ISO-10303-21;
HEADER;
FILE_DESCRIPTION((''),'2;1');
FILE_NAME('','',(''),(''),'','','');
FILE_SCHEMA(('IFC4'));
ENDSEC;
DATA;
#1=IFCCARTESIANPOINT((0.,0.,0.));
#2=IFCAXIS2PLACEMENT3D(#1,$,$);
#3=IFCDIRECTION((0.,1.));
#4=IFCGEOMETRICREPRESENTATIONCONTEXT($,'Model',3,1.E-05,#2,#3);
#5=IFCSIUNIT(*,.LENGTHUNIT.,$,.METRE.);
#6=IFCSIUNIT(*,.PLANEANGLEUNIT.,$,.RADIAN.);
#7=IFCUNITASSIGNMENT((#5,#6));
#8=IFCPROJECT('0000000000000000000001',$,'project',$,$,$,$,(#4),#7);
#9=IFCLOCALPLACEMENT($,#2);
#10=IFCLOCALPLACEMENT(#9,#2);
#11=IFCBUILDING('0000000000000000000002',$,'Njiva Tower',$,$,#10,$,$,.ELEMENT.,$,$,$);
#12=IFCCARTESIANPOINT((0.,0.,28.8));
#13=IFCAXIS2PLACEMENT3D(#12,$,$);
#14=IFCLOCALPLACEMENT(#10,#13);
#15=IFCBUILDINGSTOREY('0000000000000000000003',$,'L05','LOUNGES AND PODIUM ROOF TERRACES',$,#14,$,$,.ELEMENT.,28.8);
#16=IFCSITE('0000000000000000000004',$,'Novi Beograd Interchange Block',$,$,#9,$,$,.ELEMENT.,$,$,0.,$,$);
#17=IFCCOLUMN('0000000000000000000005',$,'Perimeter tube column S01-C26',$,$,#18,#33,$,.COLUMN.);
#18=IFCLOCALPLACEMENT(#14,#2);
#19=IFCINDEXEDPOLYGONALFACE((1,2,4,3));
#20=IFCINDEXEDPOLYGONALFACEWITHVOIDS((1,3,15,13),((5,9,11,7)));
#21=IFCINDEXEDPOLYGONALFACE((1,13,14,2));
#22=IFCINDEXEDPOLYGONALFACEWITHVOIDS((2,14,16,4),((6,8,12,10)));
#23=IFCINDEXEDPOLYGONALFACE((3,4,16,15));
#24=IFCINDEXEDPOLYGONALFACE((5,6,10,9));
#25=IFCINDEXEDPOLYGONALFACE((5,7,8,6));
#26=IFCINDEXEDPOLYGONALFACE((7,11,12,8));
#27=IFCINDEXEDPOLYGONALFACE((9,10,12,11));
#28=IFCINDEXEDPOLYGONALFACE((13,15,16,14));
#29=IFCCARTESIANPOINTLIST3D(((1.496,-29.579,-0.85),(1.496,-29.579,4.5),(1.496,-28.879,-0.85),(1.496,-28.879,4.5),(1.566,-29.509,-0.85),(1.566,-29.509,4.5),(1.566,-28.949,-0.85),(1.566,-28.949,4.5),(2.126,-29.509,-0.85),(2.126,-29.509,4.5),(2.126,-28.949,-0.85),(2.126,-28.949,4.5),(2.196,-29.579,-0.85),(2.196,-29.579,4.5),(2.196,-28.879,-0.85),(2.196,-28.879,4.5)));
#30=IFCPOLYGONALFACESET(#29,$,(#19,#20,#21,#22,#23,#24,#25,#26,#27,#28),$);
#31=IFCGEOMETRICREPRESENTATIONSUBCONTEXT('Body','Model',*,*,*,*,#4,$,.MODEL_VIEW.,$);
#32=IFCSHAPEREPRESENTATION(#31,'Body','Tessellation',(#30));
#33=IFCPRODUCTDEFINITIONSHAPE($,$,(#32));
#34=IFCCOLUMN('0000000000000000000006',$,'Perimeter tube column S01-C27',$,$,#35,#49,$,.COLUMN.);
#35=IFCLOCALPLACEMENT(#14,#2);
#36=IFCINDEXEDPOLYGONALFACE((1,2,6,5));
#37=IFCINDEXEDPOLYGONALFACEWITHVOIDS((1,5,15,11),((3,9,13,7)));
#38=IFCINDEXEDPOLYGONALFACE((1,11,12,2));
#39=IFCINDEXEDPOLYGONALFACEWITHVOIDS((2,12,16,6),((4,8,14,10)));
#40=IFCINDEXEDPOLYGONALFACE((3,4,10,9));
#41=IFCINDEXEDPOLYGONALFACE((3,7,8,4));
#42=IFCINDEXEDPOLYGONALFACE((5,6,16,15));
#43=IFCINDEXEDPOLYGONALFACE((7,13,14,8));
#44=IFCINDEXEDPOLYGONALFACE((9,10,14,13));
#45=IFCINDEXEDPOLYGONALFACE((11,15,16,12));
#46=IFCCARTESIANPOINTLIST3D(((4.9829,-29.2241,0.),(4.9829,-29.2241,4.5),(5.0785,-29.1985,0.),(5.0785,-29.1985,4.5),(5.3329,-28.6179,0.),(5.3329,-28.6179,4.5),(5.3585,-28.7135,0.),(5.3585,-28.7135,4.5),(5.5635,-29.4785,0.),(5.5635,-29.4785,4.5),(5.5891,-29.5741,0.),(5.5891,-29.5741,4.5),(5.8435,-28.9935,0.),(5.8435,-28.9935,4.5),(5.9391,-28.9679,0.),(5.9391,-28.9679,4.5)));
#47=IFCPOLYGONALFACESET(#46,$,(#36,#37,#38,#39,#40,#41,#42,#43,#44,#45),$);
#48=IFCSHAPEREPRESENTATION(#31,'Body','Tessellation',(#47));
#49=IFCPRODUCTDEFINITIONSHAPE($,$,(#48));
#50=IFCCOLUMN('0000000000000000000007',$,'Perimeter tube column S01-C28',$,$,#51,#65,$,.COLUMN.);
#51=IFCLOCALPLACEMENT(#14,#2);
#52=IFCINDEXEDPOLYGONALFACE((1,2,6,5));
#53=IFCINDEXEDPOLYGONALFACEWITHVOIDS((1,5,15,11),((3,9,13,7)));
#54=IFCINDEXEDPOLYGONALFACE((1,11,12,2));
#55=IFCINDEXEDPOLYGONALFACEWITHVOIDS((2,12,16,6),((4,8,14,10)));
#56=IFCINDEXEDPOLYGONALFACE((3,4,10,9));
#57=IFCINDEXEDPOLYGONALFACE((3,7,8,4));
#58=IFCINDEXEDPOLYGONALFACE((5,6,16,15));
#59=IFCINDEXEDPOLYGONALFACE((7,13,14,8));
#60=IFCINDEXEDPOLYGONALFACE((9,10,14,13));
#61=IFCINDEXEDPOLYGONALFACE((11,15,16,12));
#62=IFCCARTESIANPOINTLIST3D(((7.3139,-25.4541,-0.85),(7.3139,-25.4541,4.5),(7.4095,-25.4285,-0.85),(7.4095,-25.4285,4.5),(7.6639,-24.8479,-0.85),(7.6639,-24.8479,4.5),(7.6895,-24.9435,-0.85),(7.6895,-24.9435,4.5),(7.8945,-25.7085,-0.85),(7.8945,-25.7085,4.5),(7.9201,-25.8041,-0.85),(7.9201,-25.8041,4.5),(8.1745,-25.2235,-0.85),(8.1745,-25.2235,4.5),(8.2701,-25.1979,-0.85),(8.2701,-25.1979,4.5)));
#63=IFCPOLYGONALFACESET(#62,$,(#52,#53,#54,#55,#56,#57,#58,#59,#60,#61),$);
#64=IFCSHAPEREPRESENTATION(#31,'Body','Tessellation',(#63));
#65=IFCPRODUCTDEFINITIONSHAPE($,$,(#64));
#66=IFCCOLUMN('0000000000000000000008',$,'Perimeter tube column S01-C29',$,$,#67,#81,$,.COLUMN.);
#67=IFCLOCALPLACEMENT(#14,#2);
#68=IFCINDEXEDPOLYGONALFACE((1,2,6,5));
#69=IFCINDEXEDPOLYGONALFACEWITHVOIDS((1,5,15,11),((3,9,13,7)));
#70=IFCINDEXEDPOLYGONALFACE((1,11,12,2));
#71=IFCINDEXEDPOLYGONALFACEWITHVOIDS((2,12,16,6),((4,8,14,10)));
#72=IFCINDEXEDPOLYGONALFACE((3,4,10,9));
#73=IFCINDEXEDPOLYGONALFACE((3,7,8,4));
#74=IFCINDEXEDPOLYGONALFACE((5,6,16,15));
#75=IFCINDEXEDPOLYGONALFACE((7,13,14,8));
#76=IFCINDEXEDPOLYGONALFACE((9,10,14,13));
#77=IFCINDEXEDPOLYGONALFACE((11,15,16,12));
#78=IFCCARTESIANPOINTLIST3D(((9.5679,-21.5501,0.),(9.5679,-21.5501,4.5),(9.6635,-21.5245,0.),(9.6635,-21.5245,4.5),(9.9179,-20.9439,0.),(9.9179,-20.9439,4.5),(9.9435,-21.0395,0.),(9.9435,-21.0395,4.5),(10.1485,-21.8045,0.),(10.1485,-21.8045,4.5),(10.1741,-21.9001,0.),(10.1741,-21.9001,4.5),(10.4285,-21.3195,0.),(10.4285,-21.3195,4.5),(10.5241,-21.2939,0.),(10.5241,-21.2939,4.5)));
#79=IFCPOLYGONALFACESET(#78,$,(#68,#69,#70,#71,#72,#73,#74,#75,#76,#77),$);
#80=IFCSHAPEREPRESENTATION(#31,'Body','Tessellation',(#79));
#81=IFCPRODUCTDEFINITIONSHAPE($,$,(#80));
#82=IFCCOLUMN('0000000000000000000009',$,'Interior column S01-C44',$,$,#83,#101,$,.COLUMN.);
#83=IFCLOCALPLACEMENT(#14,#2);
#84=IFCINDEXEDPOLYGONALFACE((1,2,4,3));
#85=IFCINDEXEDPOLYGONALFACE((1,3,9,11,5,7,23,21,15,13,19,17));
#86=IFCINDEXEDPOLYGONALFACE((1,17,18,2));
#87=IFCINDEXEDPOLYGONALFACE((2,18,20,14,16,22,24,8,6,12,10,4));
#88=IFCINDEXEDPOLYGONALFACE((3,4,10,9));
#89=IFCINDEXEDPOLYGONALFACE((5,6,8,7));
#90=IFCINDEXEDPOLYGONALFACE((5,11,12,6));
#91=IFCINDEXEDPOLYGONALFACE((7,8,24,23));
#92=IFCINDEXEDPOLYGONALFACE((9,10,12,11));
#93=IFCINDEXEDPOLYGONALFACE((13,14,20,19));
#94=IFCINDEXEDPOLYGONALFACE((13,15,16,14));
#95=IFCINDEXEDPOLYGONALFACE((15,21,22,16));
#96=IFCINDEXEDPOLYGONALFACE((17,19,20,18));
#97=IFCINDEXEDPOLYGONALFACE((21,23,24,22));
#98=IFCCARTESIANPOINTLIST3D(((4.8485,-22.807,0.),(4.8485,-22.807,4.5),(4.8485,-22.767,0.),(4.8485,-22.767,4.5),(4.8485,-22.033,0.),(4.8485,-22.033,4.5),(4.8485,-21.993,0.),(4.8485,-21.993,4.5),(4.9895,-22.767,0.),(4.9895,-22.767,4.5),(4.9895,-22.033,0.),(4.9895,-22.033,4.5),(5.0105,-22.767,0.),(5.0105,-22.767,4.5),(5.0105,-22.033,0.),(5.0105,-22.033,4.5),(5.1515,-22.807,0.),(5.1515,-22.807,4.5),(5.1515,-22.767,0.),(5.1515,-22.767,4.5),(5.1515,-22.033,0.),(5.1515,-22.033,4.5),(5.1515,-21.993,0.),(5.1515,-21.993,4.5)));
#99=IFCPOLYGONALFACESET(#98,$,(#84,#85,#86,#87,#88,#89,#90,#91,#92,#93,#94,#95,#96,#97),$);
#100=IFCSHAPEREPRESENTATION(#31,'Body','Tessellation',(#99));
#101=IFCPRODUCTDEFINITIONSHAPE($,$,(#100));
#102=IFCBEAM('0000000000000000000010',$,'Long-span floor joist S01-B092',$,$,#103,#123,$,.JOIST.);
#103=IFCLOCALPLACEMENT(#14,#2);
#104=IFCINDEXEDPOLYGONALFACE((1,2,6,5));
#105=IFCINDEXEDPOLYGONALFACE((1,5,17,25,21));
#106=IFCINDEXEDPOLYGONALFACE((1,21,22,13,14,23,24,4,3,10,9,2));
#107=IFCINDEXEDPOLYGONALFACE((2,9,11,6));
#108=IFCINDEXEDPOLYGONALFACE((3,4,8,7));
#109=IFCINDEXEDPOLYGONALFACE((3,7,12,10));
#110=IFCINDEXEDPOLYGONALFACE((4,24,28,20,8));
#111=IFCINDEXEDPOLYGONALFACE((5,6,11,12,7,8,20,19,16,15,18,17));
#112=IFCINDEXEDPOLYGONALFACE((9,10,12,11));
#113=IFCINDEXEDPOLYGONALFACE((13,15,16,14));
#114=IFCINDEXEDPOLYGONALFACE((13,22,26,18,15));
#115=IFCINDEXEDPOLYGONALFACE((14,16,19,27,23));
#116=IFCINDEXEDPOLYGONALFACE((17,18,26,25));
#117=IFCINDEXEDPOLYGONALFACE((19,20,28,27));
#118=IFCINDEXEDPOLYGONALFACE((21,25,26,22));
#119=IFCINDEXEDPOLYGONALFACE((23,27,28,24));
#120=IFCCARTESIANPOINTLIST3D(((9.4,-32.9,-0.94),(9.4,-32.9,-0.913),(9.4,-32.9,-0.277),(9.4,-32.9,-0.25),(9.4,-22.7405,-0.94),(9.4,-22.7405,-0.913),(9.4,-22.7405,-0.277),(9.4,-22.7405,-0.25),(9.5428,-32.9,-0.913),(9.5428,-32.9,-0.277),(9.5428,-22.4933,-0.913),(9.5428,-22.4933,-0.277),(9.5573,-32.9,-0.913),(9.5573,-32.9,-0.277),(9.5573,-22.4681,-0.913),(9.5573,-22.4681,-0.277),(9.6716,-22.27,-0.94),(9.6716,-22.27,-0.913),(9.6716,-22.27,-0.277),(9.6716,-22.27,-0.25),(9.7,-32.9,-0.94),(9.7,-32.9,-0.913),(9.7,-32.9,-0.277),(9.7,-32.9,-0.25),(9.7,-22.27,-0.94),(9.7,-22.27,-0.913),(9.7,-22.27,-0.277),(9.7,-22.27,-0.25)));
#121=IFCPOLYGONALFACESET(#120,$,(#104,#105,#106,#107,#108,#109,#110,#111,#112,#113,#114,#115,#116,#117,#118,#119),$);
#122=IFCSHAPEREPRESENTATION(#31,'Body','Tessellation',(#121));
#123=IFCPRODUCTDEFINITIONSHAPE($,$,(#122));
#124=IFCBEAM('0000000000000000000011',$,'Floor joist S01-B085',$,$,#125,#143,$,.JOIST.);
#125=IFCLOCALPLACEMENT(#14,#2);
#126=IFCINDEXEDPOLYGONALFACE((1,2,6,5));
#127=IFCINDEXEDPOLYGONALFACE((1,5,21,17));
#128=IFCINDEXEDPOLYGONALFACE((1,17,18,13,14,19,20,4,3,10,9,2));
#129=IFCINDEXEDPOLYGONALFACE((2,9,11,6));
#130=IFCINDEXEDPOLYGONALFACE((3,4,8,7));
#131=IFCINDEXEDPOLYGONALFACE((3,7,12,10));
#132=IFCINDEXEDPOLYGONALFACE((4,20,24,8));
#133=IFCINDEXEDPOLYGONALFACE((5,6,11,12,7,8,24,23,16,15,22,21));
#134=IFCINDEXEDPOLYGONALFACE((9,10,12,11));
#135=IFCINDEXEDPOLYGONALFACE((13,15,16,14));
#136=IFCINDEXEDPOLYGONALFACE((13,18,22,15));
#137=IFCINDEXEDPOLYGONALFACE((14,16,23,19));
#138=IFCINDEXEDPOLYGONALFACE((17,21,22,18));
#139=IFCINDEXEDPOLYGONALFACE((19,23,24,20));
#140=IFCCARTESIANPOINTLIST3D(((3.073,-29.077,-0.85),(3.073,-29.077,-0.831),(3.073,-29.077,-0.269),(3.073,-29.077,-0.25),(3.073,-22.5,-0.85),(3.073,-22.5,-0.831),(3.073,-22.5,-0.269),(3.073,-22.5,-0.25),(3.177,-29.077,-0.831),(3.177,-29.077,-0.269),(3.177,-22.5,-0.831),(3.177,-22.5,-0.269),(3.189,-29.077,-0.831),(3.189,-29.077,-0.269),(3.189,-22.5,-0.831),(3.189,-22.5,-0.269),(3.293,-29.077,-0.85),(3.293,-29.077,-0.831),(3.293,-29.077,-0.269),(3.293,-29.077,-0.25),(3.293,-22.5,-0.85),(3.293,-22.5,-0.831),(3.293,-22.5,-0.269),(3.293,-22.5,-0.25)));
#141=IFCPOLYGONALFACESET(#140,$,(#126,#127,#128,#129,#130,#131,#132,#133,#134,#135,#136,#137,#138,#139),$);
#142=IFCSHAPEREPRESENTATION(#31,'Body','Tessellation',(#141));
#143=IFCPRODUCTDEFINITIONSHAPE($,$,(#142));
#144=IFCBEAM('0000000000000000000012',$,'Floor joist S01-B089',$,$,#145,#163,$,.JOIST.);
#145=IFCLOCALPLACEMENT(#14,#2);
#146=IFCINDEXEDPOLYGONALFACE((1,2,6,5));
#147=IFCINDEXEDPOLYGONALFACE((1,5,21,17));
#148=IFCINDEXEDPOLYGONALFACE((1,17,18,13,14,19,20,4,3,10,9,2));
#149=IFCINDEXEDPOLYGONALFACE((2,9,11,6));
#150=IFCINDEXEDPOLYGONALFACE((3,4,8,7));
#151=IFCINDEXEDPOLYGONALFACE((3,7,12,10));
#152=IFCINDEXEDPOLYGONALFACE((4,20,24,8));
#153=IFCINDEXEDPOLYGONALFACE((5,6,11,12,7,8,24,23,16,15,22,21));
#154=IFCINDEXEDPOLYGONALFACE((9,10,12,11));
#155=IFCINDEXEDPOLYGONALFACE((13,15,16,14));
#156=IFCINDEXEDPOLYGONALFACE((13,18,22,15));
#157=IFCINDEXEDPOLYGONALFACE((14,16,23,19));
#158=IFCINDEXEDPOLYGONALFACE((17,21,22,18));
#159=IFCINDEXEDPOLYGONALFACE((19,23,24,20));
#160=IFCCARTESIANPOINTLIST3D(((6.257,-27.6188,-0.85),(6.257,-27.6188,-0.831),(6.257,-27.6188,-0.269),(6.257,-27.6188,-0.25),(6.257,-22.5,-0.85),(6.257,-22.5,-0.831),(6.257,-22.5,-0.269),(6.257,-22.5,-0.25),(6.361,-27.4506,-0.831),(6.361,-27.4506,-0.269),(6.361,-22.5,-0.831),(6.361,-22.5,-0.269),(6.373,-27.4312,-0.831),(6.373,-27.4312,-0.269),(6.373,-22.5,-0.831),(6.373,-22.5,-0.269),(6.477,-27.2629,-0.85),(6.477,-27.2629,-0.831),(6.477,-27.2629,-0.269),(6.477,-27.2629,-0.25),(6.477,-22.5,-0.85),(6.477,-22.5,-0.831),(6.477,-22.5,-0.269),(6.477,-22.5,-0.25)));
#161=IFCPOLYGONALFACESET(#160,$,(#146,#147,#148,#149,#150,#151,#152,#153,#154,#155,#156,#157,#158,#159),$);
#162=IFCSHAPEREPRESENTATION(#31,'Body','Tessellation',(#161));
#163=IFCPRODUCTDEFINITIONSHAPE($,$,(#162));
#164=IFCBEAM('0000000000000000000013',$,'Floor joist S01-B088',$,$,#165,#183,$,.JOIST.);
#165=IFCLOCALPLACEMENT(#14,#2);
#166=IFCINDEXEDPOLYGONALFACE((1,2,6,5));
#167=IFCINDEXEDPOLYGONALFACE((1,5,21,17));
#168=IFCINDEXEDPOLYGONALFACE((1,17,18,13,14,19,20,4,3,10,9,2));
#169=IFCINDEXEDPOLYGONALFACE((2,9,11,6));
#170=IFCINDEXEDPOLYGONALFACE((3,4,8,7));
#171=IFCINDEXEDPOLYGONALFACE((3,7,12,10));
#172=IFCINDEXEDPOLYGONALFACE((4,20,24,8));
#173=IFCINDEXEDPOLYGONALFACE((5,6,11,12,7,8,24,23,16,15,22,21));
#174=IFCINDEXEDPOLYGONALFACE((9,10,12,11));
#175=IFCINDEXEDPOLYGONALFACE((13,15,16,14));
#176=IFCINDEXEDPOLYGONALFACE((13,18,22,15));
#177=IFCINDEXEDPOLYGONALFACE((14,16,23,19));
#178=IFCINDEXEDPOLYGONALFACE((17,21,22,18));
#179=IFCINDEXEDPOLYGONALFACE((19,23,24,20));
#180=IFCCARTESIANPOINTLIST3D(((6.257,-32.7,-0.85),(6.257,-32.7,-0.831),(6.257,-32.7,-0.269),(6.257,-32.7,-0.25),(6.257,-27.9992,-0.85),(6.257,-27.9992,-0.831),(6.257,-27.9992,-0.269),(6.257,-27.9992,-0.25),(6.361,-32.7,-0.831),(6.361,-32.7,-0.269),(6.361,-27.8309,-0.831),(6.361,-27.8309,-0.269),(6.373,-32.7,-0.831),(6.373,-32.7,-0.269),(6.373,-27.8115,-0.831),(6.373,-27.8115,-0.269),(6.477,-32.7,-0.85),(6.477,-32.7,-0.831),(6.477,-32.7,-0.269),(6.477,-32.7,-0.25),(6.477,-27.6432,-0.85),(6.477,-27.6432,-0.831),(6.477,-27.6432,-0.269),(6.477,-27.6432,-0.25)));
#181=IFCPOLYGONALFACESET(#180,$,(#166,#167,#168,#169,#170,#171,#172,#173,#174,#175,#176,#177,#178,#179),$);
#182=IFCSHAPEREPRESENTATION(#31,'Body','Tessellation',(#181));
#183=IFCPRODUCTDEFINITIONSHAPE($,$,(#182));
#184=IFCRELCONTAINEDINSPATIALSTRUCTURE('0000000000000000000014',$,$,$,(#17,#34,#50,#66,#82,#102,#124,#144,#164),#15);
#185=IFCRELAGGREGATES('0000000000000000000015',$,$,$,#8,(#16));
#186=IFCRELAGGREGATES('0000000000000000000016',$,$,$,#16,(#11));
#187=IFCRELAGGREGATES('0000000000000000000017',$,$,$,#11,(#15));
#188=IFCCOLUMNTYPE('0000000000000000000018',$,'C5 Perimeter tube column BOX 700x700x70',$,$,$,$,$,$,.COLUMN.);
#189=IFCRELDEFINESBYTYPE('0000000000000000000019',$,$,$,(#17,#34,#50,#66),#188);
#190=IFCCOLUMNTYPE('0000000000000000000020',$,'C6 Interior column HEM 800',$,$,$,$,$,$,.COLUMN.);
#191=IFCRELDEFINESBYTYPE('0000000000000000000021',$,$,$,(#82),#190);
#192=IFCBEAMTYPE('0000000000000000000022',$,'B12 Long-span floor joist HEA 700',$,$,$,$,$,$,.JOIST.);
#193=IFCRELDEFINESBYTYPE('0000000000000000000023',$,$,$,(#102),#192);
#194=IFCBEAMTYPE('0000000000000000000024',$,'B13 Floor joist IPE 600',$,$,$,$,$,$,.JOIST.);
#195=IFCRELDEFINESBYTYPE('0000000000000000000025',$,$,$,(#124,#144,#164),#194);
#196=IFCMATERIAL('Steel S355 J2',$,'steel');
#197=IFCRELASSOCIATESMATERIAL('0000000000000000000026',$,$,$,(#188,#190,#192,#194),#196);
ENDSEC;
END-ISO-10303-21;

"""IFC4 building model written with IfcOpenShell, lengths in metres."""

from ifc_helpers import new_model, si_unit, direction, frame, origin, origin_2d, place, context, subcontext, project, spatial, hollow_rectangle, i_section, extrude, clip, halfspace, material, material_profile, profile_set, type_object, element, save


model = new_model("IFC4")

# Units and contexts
model_context = context("Model", 3, precision=1e-05, world=origin(), true_north=direction((0.0, 1.0)))
body_context = subcontext(model_context, "Body", "Model", "MODEL_VIEW")
ifc_project = project(units=[si_unit("LENGTHUNIT", "METRE"), si_unit("PLANEANGLEUNIT", "RADIAN")], contexts=[model_context])

# Site, building, storey
site_placement = place(None, origin())
site = spatial("IfcSite", under=ifc_project, at=site_placement, Name="Novi Beograd Interchange Block", CompositionType="ELEMENT", RefElevation=0.0)
building_placement = place(site_placement, origin())
building = spatial("IfcBuilding", under=site, at=building_placement, Name="Njiva Tower", CompositionType="ELEMENT")
storey_placement = place(building_placement, frame((0.0, 0.0, 28.8)))
storey = spatial("IfcBuildingStorey", under=building, at=storey_placement, Name="L05", Description="LOUNGES AND PODIUM ROOF TERRACES", CompositionType="ELEMENT", Elevation=28.8)

# Columns
ifc_material_1 = material(Name="Steel S355 J2", Category="steel")
ifc_material_profile_1 = material_profile(ifc_material_1, hollow_rectangle(XDim=0.7, YDim=0.7, WallThickness=0.07, at=origin_2d()), Name="BOX 700x700x70")
ifc_profile_set_1 = profile_set([ifc_material_profile_1], Name="Steel S355 J2")
column_type_1 = type_object("IfcColumnType", Name="C5 Perimeter tube column BOX 700x700x70", PredefinedType="COLUMN", material=ifc_profile_set_1)
column_1_placement = place(storey_placement, frame((1.846, -29.229, -0.85), z_axis=(0.0, 0.0, 1.0), x_axis=(1.0, 0.0, 0.0)))
element("IfcColumn", 1, at=column_1_placement, inside=storey, type_object=column_type_1, Name="Perimeter tube column S01-C26", PredefinedType="COLUMN", context=body_context, shape_type="SweptSolid", body=[
    extrude(hollow_rectangle(XDim=0.7, YDim=0.7, WallThickness=0.07, at=origin_2d()), origin(), (0.0, 0.0, 1.0), 5.35),
])
column_2_placement = place(storey_placement, frame((5.461, -29.096, 0.0), z_axis=(0.0, 0.0, 1.0), x_axis=(0.5, 0.866025, 0.0)))
element("IfcColumn", 2, at=column_2_placement, inside=storey, type_object=column_type_1, Name="Perimeter tube column S01-C27", PredefinedType="COLUMN", context=body_context, shape_type="SweptSolid", body=[
    extrude(hollow_rectangle(XDim=0.7, YDim=0.7, WallThickness=0.07, at=origin_2d()), origin(), (0.0, 0.0, 1.0), 4.5),
])
column_3_placement = place(storey_placement, frame((7.792, -25.326, -0.85), z_axis=(0.0, 0.0, 1.0), x_axis=(0.5, 0.866025, 0.0)))
element("IfcColumn", 3, at=column_3_placement, inside=storey, type_object=column_type_1, Name="Perimeter tube column S01-C28", PredefinedType="COLUMN", context=body_context, shape_type="SweptSolid", body=[
    extrude(hollow_rectangle(XDim=0.7, YDim=0.7, WallThickness=0.07, at=origin_2d()), origin(), (0.0, 0.0, 1.0), 5.35),
])
column_4_placement = place(storey_placement, frame((10.046, -21.422, 0.0), z_axis=(0.0, 0.0, 1.0), x_axis=(0.5, 0.866025, 0.0)))
element("IfcColumn", 4, at=column_4_placement, inside=storey, type_object=column_type_1, Name="Perimeter tube column S01-C29", PredefinedType="COLUMN", context=body_context, shape_type="SweptSolid", body=[
    extrude(hollow_rectangle(XDim=0.7, YDim=0.7, WallThickness=0.07, at=origin_2d()), origin(), (0.0, 0.0, 1.0), 4.5),
])
ifc_material_profile_2 = material_profile(ifc_material_1, i_section(OverallWidth=0.303, OverallDepth=0.814, WebThickness=0.021, FlangeThickness=0.04, at=origin_2d()), Name="HEM 800")
ifc_profile_set_2 = profile_set([ifc_material_profile_2], Name="Steel S355 J2")
column_type_2 = type_object("IfcColumnType", Name="C6 Interior column HEM 800", PredefinedType="COLUMN", material=ifc_profile_set_2)
column_5_placement = place(storey_placement, frame((5.0, -22.4, 0.0), z_axis=(0.0, 0.0, 1.0), x_axis=(1.0, 0.0, 0.0)))
element("IfcColumn", 5, at=column_5_placement, inside=storey, type_object=column_type_2, Name="Interior column S01-C44", PredefinedType="COLUMN", context=body_context, shape_type="SweptSolid", body=[
    extrude(i_section(OverallWidth=0.303, OverallDepth=0.814, WebThickness=0.021, FlangeThickness=0.04, at=origin_2d()), origin(), (0.0, 0.0, 1.0), 4.5),
])

# Beams
ifc_material_profile_3 = material_profile(ifc_material_1, i_section(OverallWidth=0.3, OverallDepth=0.69, WebThickness=0.0145, FlangeThickness=0.027, at=origin_2d()), Name="HEA 700")
ifc_profile_set_3 = profile_set([ifc_material_profile_3], Name="Steel S355 J2")
beam_type_1 = type_object("IfcBeamType", Name="B12 Long-span floor joist HEA 700", PredefinedType="JOIST", material=ifc_profile_set_3)
beam_1_placement = place(storey_placement, frame((9.55, -22.27, -0.595), z_axis=(0.0, -1.0, 0.0), x_axis=(1.0, 0.0, 0.0)))
element("IfcBeam", 6, at=beam_1_placement, inside=storey, type_object=beam_type_1, Name="Long-span floor joist S01-B092", PredefinedType="JOIST", context=body_context, shape_type="Clipping", body=[
    clip(extrude(i_section(OverallWidth=0.3, OverallDepth=0.69, WebThickness=0.0145, FlangeThickness=0.027, at=origin_2d()), origin(), (0.0, 0.0, 1.0), 10.63), halfspace(frame((-0.0433, 0.0, 0.2857), z_axis=(-0.866027, 0.0, -0.499998), x_axis=(0.0, -1.0, 0.0)), False)),
])
ifc_material_profile_4 = material_profile(ifc_material_1, i_section(OverallWidth=0.22, OverallDepth=0.6, WebThickness=0.012, FlangeThickness=0.019, at=origin_2d()), Name="IPE 600")
ifc_profile_set_4 = profile_set([ifc_material_profile_4], Name="Steel S355 J2")
beam_type_2 = type_object("IfcBeamType", Name="B13 Floor joist IPE 600", PredefinedType="JOIST", material=ifc_profile_set_4)
beam_2_placement = place(storey_placement, frame((3.183, -22.5, -0.55), z_axis=(0.0, -1.0, 0.0), x_axis=(1.0, 0.0, 0.0)))
element("IfcBeam", 7, at=beam_2_placement, inside=storey, type_object=beam_type_2, Name="Floor joist S01-B085", PredefinedType="JOIST", context=body_context, shape_type="SweptSolid", body=[
    extrude(i_section(OverallWidth=0.22, OverallDepth=0.6, WebThickness=0.012, FlangeThickness=0.019, at=origin_2d()), origin(), (0.0, 0.0, 1.0), 6.577),
])
beam_3_placement = place(storey_placement, frame((6.367, -22.5, -0.55), z_axis=(0.0, -1.0, 0.0), x_axis=(1.0, 0.0, 0.0)))
element("IfcBeam", 8, at=beam_3_placement, inside=storey, type_object=beam_type_2, Name="Floor joist S01-B089", PredefinedType="JOIST", context=body_context, shape_type="Clipping", body=[
    clip(extrude(i_section(OverallWidth=0.22, OverallDepth=0.6, WebThickness=0.012, FlangeThickness=0.019, at=origin_2d()), origin(), (0.0, 0.0, 1.0), 5.139), halfspace(frame((0.0422, 0.0, 4.8726), z_axis=(0.85062, 0.0, 0.52578), x_axis=(0.0, 1.0, 0.0)), False)),
])
beam_4_placement = place(storey_placement, frame((6.367, -27.624, -0.55), z_axis=(0.0, -1.0, 0.0), x_axis=(1.0, 0.0, 0.0)))
element("IfcBeam", 9, at=beam_4_placement, inside=storey, type_object=beam_type_2, Name="Floor joist S01-B088", PredefinedType="JOIST", context=body_context, shape_type="Clipping", body=[
    clip(extrude(i_section(OverallWidth=0.22, OverallDepth=0.6, WebThickness=0.012, FlangeThickness=0.019, at=origin_2d()), origin(), (0.0, 0.0, 1.0), 5.076), halfspace(frame((-0.0429, 0.0, 0.2666), z_axis=(-0.85062, 0.0, -0.52578), x_axis=(0.0, -1.0, 0.0)), False)),
])

save(model, "model.ifc")
